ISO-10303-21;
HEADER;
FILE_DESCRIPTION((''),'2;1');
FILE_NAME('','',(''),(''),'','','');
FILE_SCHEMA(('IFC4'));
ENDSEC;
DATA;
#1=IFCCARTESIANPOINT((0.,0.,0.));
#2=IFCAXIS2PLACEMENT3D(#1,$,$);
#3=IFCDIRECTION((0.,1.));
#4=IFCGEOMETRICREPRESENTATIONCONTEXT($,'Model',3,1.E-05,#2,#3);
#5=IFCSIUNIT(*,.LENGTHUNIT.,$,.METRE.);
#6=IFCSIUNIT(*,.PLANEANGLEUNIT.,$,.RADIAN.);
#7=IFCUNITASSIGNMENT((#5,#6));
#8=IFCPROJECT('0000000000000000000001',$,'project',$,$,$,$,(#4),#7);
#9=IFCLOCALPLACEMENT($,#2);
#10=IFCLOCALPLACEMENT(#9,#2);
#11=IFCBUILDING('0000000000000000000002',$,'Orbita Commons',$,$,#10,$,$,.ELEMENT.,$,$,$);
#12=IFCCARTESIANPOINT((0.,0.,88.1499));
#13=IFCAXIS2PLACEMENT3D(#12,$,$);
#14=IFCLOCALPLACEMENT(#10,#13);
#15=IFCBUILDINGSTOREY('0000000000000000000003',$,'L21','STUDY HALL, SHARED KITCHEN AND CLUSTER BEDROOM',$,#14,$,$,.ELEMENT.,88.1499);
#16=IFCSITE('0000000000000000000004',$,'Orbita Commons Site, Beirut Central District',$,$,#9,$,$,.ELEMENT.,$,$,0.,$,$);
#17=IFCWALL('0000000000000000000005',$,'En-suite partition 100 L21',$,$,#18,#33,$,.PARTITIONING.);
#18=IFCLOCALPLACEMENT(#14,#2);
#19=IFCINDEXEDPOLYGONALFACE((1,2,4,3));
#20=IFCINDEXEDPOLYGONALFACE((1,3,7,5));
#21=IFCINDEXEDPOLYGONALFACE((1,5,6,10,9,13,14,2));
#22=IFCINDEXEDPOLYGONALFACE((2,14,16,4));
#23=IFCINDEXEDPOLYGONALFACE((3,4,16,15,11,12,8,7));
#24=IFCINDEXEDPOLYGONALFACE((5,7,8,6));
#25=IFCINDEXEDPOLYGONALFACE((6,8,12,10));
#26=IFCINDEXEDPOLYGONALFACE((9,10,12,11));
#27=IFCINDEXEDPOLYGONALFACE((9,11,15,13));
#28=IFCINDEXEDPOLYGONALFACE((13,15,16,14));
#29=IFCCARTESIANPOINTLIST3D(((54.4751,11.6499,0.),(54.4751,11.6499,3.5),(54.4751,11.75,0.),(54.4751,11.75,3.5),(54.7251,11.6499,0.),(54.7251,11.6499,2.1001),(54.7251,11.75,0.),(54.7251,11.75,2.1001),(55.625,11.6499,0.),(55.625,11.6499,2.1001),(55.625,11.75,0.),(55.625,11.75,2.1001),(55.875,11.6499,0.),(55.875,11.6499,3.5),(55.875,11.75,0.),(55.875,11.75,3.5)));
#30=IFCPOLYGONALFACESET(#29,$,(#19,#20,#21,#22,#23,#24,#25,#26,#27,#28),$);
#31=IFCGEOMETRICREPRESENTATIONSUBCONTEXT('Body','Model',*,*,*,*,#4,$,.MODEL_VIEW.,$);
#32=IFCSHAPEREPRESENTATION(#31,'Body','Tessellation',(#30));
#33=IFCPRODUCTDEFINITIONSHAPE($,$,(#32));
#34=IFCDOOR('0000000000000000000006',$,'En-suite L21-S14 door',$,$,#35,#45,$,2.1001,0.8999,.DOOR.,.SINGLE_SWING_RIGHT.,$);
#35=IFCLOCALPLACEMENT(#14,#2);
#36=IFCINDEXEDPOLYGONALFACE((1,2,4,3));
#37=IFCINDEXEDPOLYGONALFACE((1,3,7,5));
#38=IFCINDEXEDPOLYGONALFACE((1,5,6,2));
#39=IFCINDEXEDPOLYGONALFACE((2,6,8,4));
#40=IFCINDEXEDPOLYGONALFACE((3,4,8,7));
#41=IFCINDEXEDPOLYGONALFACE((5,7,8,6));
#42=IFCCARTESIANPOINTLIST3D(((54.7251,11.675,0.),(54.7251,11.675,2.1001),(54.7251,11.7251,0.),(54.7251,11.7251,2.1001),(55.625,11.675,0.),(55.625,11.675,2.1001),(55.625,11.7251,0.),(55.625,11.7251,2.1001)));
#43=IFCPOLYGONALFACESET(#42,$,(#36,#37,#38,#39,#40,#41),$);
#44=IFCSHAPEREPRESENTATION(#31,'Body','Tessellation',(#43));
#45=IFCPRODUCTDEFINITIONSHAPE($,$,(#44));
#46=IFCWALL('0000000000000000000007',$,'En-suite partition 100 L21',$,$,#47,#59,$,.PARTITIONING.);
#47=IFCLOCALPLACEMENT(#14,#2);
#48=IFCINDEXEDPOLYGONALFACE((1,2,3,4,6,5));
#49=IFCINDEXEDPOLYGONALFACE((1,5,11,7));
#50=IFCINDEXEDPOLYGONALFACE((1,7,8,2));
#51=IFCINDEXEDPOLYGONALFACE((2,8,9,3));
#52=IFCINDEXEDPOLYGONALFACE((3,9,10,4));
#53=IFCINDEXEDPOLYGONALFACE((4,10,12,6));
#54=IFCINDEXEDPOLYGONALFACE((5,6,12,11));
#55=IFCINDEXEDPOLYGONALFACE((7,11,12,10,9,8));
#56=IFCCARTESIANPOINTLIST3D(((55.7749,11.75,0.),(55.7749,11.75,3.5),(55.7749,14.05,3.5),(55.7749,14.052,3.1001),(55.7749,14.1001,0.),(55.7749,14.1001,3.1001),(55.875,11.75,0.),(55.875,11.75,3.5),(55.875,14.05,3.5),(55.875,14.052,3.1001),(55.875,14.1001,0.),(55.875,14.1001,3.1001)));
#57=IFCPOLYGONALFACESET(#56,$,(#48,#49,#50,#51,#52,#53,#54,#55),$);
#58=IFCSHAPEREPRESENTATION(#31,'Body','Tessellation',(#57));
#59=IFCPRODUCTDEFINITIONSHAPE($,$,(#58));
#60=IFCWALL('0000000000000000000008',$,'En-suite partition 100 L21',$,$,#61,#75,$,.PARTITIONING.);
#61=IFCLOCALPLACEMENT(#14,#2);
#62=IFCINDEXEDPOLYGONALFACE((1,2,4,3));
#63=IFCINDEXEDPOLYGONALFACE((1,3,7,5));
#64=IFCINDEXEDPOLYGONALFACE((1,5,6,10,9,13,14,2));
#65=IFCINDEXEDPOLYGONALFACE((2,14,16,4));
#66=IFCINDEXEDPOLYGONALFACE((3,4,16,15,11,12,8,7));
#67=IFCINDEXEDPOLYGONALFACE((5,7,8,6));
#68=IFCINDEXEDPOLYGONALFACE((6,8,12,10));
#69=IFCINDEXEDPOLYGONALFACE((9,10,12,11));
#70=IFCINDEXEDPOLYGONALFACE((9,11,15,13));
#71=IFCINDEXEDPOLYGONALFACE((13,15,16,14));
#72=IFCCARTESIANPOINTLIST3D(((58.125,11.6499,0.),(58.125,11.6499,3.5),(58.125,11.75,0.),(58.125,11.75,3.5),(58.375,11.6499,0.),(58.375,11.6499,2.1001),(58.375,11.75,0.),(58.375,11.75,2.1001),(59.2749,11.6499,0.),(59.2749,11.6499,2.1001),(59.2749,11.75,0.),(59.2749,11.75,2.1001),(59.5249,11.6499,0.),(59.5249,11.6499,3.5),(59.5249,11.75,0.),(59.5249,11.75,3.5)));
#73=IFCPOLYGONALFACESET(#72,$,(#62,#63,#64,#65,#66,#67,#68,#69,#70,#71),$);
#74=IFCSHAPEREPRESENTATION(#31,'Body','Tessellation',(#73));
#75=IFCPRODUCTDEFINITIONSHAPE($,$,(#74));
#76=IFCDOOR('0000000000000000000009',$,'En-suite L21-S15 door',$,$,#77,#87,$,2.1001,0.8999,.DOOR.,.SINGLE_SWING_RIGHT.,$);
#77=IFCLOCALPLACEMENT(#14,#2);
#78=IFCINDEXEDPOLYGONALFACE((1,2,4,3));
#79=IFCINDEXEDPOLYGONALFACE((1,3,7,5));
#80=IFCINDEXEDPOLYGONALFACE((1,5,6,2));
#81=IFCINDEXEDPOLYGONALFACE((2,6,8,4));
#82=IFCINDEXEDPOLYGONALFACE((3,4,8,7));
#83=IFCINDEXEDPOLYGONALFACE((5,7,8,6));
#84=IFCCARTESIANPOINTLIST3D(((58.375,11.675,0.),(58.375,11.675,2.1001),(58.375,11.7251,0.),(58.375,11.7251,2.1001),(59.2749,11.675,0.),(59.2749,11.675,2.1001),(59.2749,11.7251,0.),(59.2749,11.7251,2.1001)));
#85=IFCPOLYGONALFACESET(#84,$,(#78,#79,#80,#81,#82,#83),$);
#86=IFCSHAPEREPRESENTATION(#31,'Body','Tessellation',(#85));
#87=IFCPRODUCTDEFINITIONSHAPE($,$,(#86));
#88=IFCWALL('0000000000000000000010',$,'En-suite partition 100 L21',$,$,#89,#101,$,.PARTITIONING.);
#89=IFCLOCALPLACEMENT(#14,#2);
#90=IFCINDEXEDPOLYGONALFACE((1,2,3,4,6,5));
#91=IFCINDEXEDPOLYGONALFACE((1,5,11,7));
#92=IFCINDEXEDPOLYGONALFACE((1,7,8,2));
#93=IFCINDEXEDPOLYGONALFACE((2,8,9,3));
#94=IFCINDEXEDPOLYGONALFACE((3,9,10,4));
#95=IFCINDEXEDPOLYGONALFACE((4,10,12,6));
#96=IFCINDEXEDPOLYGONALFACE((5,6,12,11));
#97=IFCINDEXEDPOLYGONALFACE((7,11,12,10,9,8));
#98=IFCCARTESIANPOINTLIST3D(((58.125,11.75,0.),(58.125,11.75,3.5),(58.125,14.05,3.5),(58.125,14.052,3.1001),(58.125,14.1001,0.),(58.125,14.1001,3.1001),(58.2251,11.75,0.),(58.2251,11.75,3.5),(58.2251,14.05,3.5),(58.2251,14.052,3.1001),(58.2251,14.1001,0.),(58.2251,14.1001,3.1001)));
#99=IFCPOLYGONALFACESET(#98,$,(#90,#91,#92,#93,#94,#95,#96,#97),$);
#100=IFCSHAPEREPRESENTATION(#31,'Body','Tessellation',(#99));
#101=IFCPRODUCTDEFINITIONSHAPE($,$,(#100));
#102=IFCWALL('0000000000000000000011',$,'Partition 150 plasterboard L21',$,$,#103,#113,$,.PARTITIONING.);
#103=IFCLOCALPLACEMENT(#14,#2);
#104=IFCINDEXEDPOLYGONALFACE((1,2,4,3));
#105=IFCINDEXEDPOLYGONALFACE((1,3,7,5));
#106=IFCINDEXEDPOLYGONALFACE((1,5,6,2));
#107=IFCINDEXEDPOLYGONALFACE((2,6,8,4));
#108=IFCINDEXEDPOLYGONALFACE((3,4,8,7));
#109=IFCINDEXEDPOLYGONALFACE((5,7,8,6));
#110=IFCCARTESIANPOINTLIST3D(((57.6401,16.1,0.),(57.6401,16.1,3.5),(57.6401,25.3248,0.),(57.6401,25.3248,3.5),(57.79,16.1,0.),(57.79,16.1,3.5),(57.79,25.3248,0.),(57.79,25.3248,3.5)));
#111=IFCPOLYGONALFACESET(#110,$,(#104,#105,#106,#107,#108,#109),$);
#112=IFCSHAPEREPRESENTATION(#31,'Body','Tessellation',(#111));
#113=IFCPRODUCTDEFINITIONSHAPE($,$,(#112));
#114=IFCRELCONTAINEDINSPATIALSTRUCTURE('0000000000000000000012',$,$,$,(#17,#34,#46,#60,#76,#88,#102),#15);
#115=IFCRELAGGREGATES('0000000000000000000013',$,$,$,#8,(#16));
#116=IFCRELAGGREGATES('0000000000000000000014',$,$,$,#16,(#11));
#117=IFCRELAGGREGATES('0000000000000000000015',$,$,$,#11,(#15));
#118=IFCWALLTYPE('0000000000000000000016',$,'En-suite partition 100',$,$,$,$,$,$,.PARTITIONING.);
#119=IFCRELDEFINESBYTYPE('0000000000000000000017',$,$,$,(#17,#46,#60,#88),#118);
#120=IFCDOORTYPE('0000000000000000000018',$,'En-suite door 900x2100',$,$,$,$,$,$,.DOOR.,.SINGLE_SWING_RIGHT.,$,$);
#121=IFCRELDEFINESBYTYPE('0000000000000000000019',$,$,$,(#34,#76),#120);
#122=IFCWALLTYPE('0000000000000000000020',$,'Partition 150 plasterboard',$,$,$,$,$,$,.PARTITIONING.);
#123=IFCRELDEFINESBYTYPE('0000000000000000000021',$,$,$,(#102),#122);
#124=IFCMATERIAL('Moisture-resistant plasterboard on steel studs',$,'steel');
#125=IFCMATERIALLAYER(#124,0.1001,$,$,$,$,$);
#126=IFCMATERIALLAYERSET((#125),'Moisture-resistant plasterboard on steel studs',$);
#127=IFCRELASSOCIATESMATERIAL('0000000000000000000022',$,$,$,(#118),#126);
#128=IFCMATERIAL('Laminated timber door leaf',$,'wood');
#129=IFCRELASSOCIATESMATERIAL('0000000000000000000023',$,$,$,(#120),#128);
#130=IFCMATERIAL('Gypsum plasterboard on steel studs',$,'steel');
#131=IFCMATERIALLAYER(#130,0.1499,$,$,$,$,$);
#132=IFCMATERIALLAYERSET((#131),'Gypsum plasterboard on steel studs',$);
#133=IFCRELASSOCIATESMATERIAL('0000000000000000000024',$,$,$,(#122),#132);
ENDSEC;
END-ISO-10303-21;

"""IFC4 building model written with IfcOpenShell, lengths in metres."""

from ifc_helpers import new_model, si_unit, direction, frame, frame_2d, origin, place, context, subcontext, project, spatial, polyline, rectangle, outline, extrude, material, layer, layer_set, type_object, element, fill, save


model = new_model("IFC4")

# Units and contexts
model_context = context("Model", 3, precision=1e-05, world=origin(), true_north=direction((0.0, 1.0)))
body_context = subcontext(model_context, "Body", "Model", "MODEL_VIEW")
ifc_project = project(units=[si_unit("LENGTHUNIT", "METRE"), si_unit("PLANEANGLEUNIT", "RADIAN")], contexts=[model_context])

# Site, building, storey
site_placement = place(None, origin())
site = spatial("IfcSite", under=ifc_project, at=site_placement, Name="Orbita Commons Site, Beirut Central District", CompositionType="ELEMENT", RefElevation=0.0)
building_placement = place(site_placement, origin())
building = spatial("IfcBuilding", under=site, at=building_placement, Name="Orbita Commons", CompositionType="ELEMENT")
storey_placement = place(building_placement, frame((0.0, 0.0, 88.1499)))
storey = spatial("IfcBuildingStorey", under=building, at=storey_placement, Name="L21", Description="STUDY HALL, SHARED KITCHEN AND CLUSTER BEDROOM", CompositionType="ELEMENT", Elevation=88.1499)

# Wall, opening, door
ifc_material_1 = material(Name="Moisture-resistant plasterboard on steel studs", Category="steel")
ifc_layer_1 = layer(ifc_material_1, 0.1001)
ifc_layer_set_1 = layer_set([ifc_layer_1], Name="Moisture-resistant plasterboard on steel studs")
wall_type_1 = type_object("IfcWallType", Name="En-suite partition 100", PredefinedType="PARTITIONING", material=ifc_layer_set_1)
wall_1_placement = place(storey_placement, frame((55.875, 11.7, 0.0), z_axis=(0.0, 0.0, 1.0), x_axis=(-1.0, 0.0, 0.0)))
wall_1 = element("IfcWall", 1, at=wall_1_placement, inside=storey, type_object=wall_type_1, Name="En-suite partition 100 L21", PredefinedType="PARTITIONING", context=body_context, shape_type="SweptSolid", body=[
    extrude(rectangle(XDim=1.3999, YDim=0.1001, at=frame_2d((0.7, 0.0))), origin(), (0.0, 0.0, 1.0), 3.5),
])
opening_1_placement = place(wall_1_placement, frame((0.25, 0.0, 0.0)))
opening_1 = element("IfcOpeningElement", 2, at=opening_1_placement, cuts=wall_1, PredefinedType="OPENING", context=body_context, shape_type="SweptSolid", body=[
    extrude(rectangle(XDim=0.8999, YDim=2.1001, at=frame_2d((0.45, 1.05))), frame((0.0, 0.0601, 0.0), z_axis=(0.0, -1.0, 0.0), x_axis=(1.0, 0.0, 0.0)), (0.0, 0.0, 1.0), 0.1201),
])
ifc_material_2 = material(Name="Laminated timber door leaf", Category="wood")
door_type_1 = type_object("IfcDoorType", Name="En-suite door 900x2100", OperationType="SINGLE_SWING_RIGHT", PredefinedType="DOOR", material=ifc_material_2)
door_1_placement = place(opening_1_placement, origin())
door_1 = element("IfcDoor", 3, at=door_1_placement, inside=storey, type_object=door_type_1, Name="En-suite L21-S14 door", OperationType="SINGLE_SWING_RIGHT", OverallHeight=2.1001, OverallWidth=0.8999, PredefinedType="DOOR", context=body_context, shape_type="SweptSolid", body=[
    extrude(rectangle(XDim=0.8999, YDim=2.1001, at=frame_2d((0.45, 1.05))), frame((0.0, 0.0249, 0.0), z_axis=(0.0, -1.0, 0.0), x_axis=(1.0, 0.0, 0.0)), (0.0, 0.0, 1.0), 0.05),
])
fill(opening_1, door_1)

# Wall
wall_2_placement = place(storey_placement, frame((55.825, 11.75, 0.0), z_axis=(0.0, 0.0, 1.0), x_axis=(0.0, 1.0, 0.0)))
element("IfcWall", 4, at=wall_2_placement, inside=storey, type_object=wall_type_1, Name="En-suite partition 100 L21", PredefinedType="PARTITIONING", context=body_context, shape_type="SweptSolid", body=[
    extrude(outline(polyline([(0.0, 0.0), (2.3501, 0.0), (2.3501, 3.1001), (2.302, 3.1001), (2.3, 3.5), (0.0, 3.5), (0.0, 0.0)])), frame((0.0, 0.05, 0.0), z_axis=(0.0, -1.0, 0.0), x_axis=(1.0, 0.0, 0.0)), (0.0, 0.0, 1.0), 0.1001),
])

# Wall, opening, door
wall_3_placement = place(storey_placement, frame((59.5249, 11.7, 0.0), z_axis=(0.0, 0.0, 1.0), x_axis=(-1.0, 0.0, 0.0)))
wall_3 = element("IfcWall", 5, at=wall_3_placement, inside=storey, type_object=wall_type_1, Name="En-suite partition 100 L21", PredefinedType="PARTITIONING", context=body_context, shape_type="SweptSolid", body=[
    extrude(rectangle(XDim=1.3999, YDim=0.1001, at=frame_2d((0.7, 0.0))), origin(), (0.0, 0.0, 1.0), 3.5),
])
opening_2_placement = place(wall_3_placement, frame((0.25, 0.0, 0.0)))
opening_2 = element("IfcOpeningElement", 6, at=opening_2_placement, cuts=wall_3, PredefinedType="OPENING", context=body_context, shape_type="SweptSolid", body=[
    extrude(rectangle(XDim=0.8999, YDim=2.1001, at=frame_2d((0.45, 1.05))), frame((0.0, 0.0601, 0.0), z_axis=(0.0, -1.0, 0.0), x_axis=(1.0, 0.0, 0.0)), (0.0, 0.0, 1.0), 0.1201),
])
door_2_placement = place(opening_2_placement, origin())
door_2 = element("IfcDoor", 7, at=door_2_placement, inside=storey, type_object=door_type_1, Name="En-suite L21-S15 door", OperationType="SINGLE_SWING_RIGHT", OverallHeight=2.1001, OverallWidth=0.8999, PredefinedType="DOOR", context=body_context, shape_type="SweptSolid", body=[
    extrude(rectangle(XDim=0.8999, YDim=2.1001, at=frame_2d((0.45, 1.05))), frame((0.0, 0.0249, 0.0), z_axis=(0.0, -1.0, 0.0), x_axis=(1.0, 0.0, 0.0)), (0.0, 0.0, 1.0), 0.05),
])
fill(opening_2, door_2)

# Walls
wall_4_placement = place(storey_placement, frame((58.175, 11.75, 0.0), z_axis=(0.0, 0.0, 1.0), x_axis=(0.0, 1.0, 0.0)))
element("IfcWall", 8, at=wall_4_placement, inside=storey, type_object=wall_type_1, Name="En-suite partition 100 L21", PredefinedType="PARTITIONING", context=body_context, shape_type="SweptSolid", body=[
    extrude(outline(polyline([(0.0, 0.0), (2.3501, 0.0), (2.3501, 3.1001), (2.302, 3.1001), (2.3, 3.5), (0.0, 3.5), (0.0, 0.0)])), frame((0.0, 0.05, 0.0), z_axis=(0.0, -1.0, 0.0), x_axis=(1.0, 0.0, 0.0)), (0.0, 0.0, 1.0), 0.1001),
])
ifc_material_3 = material(Name="Gypsum plasterboard on steel studs", Category="steel")
ifc_layer_2 = layer(ifc_material_3, 0.1499)
ifc_layer_set_2 = layer_set([ifc_layer_2], Name="Gypsum plasterboard on steel studs")
wall_type_2 = type_object("IfcWallType", Name="Partition 150 plasterboard", PredefinedType="PARTITIONING", material=ifc_layer_set_2)
wall_5_placement = place(storey_placement, frame((57.7151, 16.1001, 0.0), z_axis=(0.0, 0.0, 1.0), x_axis=(0.0, 1.0, 0.0)))
element("IfcWall", 9, at=wall_5_placement, inside=storey, type_object=wall_type_2, Name="Partition 150 plasterboard L21", PredefinedType="PARTITIONING", context=body_context, shape_type="SweptSolid", body=[
    extrude(rectangle(XDim=9.2249, YDim=0.1499, at=frame_2d((4.6123, 0.0))), origin(), (0.0, 0.0, 1.0), 3.5),
])

save(model, "model.ifc")
